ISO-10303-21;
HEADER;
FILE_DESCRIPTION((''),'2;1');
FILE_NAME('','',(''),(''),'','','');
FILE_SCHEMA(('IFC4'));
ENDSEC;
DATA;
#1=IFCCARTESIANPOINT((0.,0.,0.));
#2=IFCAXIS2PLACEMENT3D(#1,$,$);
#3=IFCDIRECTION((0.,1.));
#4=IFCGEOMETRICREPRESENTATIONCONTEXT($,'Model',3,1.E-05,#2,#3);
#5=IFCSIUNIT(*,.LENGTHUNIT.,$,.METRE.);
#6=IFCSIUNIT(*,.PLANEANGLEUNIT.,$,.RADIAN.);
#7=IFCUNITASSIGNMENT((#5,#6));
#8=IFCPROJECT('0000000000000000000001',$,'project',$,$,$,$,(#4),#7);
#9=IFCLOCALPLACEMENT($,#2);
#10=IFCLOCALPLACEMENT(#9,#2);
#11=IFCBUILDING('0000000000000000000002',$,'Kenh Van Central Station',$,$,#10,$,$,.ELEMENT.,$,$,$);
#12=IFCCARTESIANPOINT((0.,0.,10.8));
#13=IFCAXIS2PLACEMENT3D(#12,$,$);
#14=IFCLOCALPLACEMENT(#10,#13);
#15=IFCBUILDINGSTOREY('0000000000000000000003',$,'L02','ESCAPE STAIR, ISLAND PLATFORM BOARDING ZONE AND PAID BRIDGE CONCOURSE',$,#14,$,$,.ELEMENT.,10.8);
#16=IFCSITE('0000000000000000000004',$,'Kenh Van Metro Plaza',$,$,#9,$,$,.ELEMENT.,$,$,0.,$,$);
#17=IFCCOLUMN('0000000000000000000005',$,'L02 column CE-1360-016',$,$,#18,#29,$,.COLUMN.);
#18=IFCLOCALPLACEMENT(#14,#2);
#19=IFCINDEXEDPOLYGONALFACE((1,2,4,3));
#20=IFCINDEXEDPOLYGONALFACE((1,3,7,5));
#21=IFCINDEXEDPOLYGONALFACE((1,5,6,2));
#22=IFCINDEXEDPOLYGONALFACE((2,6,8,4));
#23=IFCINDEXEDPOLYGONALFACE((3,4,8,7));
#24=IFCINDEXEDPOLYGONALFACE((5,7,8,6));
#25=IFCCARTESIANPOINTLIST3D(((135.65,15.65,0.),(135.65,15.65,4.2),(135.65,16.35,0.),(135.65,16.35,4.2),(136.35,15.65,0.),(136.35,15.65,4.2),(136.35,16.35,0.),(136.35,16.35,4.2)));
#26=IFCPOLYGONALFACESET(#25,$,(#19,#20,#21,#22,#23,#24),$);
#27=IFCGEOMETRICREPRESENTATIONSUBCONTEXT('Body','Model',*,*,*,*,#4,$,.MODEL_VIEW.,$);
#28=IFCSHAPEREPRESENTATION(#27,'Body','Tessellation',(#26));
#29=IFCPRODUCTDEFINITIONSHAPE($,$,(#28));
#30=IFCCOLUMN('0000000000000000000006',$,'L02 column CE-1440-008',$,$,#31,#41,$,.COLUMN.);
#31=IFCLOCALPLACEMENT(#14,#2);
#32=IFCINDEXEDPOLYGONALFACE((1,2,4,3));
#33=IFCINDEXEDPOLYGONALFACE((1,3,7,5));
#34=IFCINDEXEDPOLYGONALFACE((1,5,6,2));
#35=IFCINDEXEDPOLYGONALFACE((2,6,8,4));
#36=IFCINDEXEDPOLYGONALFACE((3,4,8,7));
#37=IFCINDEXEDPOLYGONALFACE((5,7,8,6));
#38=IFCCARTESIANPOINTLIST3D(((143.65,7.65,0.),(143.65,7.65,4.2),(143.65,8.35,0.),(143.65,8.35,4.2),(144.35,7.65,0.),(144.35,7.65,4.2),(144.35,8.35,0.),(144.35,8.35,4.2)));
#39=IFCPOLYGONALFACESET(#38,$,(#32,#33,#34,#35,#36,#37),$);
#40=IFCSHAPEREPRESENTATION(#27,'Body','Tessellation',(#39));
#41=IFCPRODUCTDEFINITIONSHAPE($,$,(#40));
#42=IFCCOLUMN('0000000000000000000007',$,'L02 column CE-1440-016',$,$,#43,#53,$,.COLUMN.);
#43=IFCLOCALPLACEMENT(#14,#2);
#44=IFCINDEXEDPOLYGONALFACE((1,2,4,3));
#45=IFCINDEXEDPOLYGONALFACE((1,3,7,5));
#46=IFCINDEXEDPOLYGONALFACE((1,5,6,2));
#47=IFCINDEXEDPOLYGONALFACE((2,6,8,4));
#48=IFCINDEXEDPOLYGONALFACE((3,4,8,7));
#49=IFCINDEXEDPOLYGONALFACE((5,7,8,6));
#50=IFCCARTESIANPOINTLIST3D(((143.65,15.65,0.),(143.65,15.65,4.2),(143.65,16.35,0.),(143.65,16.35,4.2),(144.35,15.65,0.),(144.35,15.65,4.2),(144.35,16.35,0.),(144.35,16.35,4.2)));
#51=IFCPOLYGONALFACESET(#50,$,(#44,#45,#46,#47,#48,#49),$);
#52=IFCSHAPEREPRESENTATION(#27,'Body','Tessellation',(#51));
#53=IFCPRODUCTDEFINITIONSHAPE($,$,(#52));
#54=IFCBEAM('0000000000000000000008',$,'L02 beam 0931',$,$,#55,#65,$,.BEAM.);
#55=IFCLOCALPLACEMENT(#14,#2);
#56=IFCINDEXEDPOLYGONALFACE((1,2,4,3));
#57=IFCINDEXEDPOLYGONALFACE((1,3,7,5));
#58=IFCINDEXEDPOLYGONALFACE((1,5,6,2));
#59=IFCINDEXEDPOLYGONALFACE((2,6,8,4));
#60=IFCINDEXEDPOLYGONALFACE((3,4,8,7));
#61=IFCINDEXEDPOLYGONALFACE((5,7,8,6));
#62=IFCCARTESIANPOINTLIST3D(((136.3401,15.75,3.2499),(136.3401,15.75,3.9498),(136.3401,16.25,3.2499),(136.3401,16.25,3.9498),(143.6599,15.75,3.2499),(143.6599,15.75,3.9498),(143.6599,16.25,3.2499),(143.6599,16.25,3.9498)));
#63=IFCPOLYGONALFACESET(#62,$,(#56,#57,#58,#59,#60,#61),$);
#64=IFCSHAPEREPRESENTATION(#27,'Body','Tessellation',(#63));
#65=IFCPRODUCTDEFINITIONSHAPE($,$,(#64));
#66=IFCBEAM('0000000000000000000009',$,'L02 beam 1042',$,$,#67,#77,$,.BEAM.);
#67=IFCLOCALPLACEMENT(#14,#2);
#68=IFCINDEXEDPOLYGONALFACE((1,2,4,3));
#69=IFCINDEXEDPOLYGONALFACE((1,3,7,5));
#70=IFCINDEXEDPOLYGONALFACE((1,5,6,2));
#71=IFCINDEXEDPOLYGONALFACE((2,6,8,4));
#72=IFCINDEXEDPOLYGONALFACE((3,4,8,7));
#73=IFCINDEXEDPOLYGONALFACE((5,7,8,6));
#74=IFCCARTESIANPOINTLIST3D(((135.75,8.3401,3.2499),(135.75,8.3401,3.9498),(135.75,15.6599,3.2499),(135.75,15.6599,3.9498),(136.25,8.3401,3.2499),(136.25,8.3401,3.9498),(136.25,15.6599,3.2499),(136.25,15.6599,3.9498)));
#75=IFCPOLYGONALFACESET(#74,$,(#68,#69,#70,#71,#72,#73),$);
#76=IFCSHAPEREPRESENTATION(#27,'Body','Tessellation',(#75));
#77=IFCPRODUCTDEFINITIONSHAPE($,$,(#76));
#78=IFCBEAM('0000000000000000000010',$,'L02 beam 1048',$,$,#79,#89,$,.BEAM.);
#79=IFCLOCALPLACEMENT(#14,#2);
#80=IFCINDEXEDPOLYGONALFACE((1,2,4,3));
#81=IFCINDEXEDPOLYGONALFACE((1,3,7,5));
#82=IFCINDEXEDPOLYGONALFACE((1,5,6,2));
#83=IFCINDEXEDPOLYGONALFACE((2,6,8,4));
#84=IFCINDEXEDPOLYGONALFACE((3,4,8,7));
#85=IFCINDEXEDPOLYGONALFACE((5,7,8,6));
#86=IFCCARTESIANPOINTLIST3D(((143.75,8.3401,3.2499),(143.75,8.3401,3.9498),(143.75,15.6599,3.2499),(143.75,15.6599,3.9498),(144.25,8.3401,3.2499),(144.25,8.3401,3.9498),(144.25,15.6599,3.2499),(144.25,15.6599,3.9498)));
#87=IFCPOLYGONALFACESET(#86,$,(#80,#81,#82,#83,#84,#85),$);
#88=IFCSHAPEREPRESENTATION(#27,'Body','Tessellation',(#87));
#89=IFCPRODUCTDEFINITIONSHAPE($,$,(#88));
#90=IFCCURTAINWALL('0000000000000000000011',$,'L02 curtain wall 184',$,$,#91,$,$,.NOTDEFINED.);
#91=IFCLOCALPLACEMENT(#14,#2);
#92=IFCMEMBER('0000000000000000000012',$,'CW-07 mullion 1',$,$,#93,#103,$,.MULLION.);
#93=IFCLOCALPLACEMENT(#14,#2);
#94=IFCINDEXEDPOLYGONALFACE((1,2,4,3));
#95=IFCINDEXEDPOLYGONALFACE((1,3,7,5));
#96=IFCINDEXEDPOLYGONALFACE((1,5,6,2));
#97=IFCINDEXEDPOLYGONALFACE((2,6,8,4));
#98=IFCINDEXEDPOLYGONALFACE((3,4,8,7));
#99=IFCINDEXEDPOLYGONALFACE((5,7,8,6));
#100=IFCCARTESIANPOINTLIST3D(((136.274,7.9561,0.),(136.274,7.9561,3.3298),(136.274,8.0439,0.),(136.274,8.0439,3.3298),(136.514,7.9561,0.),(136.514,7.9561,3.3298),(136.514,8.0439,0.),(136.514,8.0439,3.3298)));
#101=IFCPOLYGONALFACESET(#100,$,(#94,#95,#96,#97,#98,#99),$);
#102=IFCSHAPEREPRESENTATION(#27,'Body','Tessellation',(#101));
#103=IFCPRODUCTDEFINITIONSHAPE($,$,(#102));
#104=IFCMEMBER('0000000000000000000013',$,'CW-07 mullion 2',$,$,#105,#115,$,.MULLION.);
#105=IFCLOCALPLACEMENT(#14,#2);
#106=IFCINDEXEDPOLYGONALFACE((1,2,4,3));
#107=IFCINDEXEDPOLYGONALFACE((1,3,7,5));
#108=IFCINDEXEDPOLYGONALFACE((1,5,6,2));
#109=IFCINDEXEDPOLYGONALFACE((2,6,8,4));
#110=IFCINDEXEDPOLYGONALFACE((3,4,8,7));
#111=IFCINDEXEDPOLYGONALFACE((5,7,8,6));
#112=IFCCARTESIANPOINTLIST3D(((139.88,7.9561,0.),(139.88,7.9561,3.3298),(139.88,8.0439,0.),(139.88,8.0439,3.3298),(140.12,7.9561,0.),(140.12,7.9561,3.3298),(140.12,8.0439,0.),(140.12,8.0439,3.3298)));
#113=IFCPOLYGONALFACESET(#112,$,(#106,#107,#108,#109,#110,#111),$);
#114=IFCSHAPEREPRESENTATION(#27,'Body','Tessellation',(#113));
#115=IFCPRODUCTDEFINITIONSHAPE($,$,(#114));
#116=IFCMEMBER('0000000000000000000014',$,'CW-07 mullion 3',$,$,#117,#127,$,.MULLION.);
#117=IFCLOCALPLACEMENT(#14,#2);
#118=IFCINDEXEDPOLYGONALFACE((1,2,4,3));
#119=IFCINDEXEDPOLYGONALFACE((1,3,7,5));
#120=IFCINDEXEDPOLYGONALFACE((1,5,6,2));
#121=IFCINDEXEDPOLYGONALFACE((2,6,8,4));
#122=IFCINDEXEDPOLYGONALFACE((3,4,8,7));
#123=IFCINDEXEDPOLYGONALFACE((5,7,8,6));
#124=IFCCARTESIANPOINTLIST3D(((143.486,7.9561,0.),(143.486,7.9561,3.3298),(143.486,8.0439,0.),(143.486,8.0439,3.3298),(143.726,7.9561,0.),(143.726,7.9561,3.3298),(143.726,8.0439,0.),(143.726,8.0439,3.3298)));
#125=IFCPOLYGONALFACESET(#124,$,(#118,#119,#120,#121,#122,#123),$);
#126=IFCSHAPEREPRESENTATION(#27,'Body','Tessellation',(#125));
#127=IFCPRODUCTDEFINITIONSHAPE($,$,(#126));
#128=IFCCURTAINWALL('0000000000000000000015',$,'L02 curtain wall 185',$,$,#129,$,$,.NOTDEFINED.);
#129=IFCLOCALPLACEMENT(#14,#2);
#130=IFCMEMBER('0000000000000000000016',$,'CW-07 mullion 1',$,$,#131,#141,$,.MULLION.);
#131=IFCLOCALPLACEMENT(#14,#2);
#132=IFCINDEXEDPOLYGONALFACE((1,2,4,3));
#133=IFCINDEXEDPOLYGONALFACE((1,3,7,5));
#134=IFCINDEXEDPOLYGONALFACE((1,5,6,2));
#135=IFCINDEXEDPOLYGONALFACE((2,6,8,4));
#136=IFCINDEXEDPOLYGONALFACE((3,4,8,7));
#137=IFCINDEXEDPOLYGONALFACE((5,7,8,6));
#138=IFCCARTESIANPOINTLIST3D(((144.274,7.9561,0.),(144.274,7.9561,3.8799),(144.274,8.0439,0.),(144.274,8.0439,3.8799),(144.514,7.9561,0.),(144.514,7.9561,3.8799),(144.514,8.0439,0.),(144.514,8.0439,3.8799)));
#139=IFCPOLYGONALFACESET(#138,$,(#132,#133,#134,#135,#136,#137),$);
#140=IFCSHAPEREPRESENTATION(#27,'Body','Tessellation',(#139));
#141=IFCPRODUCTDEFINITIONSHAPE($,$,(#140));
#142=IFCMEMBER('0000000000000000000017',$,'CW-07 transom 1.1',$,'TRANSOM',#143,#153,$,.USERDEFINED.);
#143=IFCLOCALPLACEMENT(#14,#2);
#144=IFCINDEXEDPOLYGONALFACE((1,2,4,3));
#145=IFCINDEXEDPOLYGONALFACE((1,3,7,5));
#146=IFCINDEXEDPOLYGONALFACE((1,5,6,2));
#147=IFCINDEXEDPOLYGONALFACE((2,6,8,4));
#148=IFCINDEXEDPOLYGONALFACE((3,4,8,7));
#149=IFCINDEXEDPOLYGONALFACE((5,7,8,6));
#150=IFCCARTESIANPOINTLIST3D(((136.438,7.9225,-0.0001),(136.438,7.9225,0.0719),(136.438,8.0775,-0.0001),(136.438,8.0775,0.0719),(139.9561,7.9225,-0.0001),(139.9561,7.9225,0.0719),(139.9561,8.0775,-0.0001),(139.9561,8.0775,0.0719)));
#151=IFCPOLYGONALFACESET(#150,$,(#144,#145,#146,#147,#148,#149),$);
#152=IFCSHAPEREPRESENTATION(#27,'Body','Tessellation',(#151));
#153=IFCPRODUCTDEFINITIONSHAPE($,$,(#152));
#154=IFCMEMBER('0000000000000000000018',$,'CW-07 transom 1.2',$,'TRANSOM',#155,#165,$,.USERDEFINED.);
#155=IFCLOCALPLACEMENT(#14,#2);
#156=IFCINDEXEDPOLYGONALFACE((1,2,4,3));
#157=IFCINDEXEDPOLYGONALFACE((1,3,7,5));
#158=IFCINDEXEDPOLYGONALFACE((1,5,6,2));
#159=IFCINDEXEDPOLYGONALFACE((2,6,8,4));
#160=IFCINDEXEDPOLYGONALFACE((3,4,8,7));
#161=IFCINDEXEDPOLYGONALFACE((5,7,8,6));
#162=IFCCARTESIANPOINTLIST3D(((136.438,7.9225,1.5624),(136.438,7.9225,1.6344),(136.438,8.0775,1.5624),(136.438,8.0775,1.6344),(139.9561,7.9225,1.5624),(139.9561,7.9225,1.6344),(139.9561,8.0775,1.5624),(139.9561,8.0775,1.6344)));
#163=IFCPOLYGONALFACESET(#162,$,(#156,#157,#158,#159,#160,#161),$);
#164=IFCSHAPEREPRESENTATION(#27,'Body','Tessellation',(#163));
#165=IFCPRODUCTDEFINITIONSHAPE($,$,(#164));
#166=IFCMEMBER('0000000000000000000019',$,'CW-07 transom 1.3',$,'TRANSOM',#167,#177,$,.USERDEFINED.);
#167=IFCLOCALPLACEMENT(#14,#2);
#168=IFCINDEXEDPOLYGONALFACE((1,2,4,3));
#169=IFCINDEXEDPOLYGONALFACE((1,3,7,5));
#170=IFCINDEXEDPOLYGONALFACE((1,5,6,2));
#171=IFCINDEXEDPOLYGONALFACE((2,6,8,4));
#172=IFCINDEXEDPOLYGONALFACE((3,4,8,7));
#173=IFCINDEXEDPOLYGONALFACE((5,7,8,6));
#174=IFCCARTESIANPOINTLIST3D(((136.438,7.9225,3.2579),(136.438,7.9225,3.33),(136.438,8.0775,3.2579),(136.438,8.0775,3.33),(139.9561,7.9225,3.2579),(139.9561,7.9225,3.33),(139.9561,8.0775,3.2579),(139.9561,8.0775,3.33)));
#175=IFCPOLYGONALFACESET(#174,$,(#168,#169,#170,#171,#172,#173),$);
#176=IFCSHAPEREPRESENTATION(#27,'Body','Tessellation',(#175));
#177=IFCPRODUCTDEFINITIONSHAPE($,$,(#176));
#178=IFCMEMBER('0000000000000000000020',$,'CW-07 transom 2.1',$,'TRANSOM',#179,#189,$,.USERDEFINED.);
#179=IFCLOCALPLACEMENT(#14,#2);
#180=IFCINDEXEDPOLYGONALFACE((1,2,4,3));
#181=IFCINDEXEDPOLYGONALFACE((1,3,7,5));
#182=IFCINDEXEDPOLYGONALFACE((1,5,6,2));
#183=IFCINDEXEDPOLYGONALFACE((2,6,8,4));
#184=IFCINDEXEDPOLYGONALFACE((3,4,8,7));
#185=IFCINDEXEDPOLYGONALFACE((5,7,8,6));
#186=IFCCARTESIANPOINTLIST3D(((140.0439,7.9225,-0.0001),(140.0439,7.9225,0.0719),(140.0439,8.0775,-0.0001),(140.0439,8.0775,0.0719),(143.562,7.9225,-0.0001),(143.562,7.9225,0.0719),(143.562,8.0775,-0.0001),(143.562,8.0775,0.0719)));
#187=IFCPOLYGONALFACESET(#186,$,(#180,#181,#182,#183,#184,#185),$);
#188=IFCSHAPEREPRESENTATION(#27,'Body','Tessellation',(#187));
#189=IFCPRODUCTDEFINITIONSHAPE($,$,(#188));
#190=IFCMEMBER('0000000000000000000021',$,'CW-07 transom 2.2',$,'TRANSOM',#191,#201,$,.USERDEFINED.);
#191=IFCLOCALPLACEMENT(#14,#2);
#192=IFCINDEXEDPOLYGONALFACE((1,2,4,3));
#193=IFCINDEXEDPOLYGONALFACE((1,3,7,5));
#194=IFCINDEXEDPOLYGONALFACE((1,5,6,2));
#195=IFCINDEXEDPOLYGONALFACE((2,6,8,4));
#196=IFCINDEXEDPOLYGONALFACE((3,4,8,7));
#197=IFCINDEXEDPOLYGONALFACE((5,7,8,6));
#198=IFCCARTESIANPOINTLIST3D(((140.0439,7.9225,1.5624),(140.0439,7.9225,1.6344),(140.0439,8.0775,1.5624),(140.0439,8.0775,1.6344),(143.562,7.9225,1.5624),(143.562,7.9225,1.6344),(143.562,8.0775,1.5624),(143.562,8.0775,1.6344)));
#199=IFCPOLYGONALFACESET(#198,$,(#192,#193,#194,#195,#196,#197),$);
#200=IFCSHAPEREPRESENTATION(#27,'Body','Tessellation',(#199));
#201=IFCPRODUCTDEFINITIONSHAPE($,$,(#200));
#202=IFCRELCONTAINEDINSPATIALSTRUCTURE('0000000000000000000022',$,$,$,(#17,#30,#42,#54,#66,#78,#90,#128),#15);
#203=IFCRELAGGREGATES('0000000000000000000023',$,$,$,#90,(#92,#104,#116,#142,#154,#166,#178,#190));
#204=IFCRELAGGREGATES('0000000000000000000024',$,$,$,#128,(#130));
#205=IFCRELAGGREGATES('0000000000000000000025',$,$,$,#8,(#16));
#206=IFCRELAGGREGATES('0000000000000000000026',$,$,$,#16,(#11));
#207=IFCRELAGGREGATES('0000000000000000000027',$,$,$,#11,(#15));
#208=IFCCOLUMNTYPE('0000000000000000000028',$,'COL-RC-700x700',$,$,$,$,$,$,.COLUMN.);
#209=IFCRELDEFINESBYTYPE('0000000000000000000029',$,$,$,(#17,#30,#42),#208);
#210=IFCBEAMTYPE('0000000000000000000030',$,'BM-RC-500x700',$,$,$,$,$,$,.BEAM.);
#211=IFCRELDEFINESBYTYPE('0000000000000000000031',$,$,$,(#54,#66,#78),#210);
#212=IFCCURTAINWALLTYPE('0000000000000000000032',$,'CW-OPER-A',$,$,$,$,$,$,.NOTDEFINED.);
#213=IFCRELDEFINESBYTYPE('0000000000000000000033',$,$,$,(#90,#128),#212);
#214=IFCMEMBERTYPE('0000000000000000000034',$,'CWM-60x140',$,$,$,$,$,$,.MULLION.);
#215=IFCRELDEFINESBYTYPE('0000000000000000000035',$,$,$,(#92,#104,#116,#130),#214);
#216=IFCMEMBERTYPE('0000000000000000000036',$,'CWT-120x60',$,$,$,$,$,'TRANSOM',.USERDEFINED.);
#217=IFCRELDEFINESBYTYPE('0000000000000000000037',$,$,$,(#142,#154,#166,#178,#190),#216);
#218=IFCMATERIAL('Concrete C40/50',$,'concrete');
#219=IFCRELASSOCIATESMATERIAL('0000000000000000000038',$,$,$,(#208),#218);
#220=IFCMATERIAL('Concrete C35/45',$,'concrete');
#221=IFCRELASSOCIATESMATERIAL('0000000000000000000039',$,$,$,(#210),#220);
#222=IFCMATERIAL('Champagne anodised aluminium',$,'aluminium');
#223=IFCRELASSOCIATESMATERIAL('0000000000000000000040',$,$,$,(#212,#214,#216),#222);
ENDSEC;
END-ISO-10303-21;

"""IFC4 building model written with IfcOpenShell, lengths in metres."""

from ifc_helpers import new_model, si_unit, direction, frame, origin, origin_2d, place, context, subcontext, project, spatial, rectangle, extrude, material, material_profile, profile_set, type_object, element, aggregate, save


model = new_model("IFC4")

# Units and contexts
model_context = context("Model", 3, precision=1e-05, world=origin(), true_north=direction((0.0, 1.0)))
body_context = subcontext(model_context, "Body", "Model", "MODEL_VIEW")
ifc_project = project(units=[si_unit("LENGTHUNIT", "METRE"), si_unit("PLANEANGLEUNIT", "RADIAN")], contexts=[model_context])

# Site, building, storey
site_placement = place(None, origin())
site = spatial("IfcSite", under=ifc_project, at=site_placement, Name="Kenh Van Metro Plaza", CompositionType="ELEMENT", RefElevation=0.0)
building_placement = place(site_placement, origin())
building = spatial("IfcBuilding", under=site, at=building_placement, Name="Kenh Van Central Station", CompositionType="ELEMENT")
storey_placement = place(building_placement, frame((0.0, 0.0, 10.8)))
storey = spatial("IfcBuildingStorey", under=building, at=storey_placement, Name="L02", Description="ESCAPE STAIR, ISLAND PLATFORM BOARDING ZONE AND PAID BRIDGE CONCOURSE", CompositionType="ELEMENT", Elevation=10.8)

# Columns
ifc_material_1 = material(Name="Concrete C40/50", Category="concrete")
ifc_material_profile_1 = material_profile(ifc_material_1, rectangle(XDim=0.7, YDim=0.7, at=origin_2d()), Name="RC 700x700")
ifc_profile_set_1 = profile_set([ifc_material_profile_1], Name="Concrete C40/50")
column_type = type_object("IfcColumnType", Name="COL-RC-700x700", PredefinedType="COLUMN", material=ifc_profile_set_1)
for number, where, z_axis, x_axis, name in (
    (1, (136.0, 16.0, 0.0), (0.0, 0.0, 1.0), (1.0, 0.0, 0.0), "L02 column CE-1360-016"),
    (2, (144.0, 8.0, 0.0), (0.0, 0.0, 1.0), (1.0, 0.0, 0.0), "L02 column CE-1440-008"),
    (3, (144.0, 16.0, 0.0), (0.0, 0.0, 1.0), (1.0, 0.0, 0.0), "L02 column CE-1440-016"),
):
    element("IfcColumn", number, at=place(storey_placement, frame(where, z_axis=z_axis, x_axis=x_axis)), inside=storey, type_object=column_type, Name=name, PredefinedType="COLUMN", context=body_context, shape_type="SweptSolid", body=[
        extrude(rectangle(XDim=0.7, YDim=0.7, at=origin_2d()), origin(), (0.0, 0.0, 1.0), 4.2),
    ])

# Beams
ifc_material_2 = material(Name="Concrete C35/45", Category="concrete")
ifc_material_profile_2 = material_profile(ifc_material_2, rectangle(XDim=0.5, YDim=0.7, at=origin_2d()), Name="RC 500x700")
ifc_profile_set_2 = profile_set([ifc_material_profile_2], Name="Concrete C35/45")
beam_type_1 = type_object("IfcBeamType", Name="BM-RC-500x700", PredefinedType="BEAM", material=ifc_profile_set_2)
for number, where, z_axis, x_axis, name in (
    (4, (136.3401, 16.0, 3.5999), (1.0, 0.0, 0.0), (0.0, 1.0, 0.0), "L02 beam 0931"),
    (5, (136.0, 8.3401, 3.5999), (0.0, 1.0, 0.0), (-1.0, 0.0, 0.0), "L02 beam 1042"),
    (6, (144.0, 8.3401, 3.5999), (0.0, 1.0, 0.0), (-1.0, 0.0, 0.0), "L02 beam 1048"),
):
    element("IfcBeam", number, at=place(storey_placement, frame(where, z_axis=z_axis, x_axis=x_axis)), inside=storey, type_object=beam_type_1, Name=name, PredefinedType="BEAM", context=body_context, shape_type="SweptSolid", body=[
        extrude(rectangle(XDim=0.5, YDim=0.7, at=origin_2d()), origin(), (0.0, 0.0, 1.0), 7.3198),
    ])

# Curtain wall, members
ifc_material_3 = material(Name="Champagne anodised aluminium", Category="aluminium")
curtain_wall_type = type_object("IfcCurtainWallType", Name="CW-OPER-A", PredefinedType="NOTDEFINED", material=ifc_material_3)
curtain_wall_1_placement = place(storey_placement, origin())
curtain_wall_1 = element("IfcCurtainWall", 7, at=curtain_wall_1_placement, inside=storey, type_object=curtain_wall_type, Name="L02 curtain wall 184", PredefinedType="NOTDEFINED")
ifc_material_profile_3 = material_profile(ifc_material_3, rectangle(XDim=0.0879, YDim=0.24, at=origin_2d()), Name="AL 88x240")
ifc_profile_set_3 = profile_set([ifc_material_profile_3], Name="Champagne anodised aluminium")
member_type_1 = type_object("IfcMemberType", Name="CWM-60x140", PredefinedType="MULLION", material=ifc_profile_set_3)
member_1_placement = place(storey_placement, frame((136.394, 8.0, 0.0), z_axis=(0.0, 0.0, 1.0), x_axis=(0.0, 1.0, 0.0)))
member_1 = element("IfcMember", 8, at=member_1_placement, type_object=member_type_1, Name="CW-07 mullion 1", PredefinedType="MULLION", context=body_context, shape_type="SweptSolid", body=[
    extrude(rectangle(XDim=0.0879, YDim=0.24, at=origin_2d()), origin(), (0.0, 0.0, 1.0), 3.3298),
])
member_2_placement = place(storey_placement, frame((140.0, 8.0, 0.0), z_axis=(0.0, 0.0, 1.0), x_axis=(0.0, 1.0, 0.0)))
member_2 = element("IfcMember", 9, at=member_2_placement, type_object=member_type_1, Name="CW-07 mullion 2", PredefinedType="MULLION", context=body_context, shape_type="SweptSolid", body=[
    extrude(rectangle(XDim=0.0879, YDim=0.24, at=origin_2d()), origin(), (0.0, 0.0, 1.0), 3.3298),
])
member_3_placement = place(storey_placement, frame((143.606, 8.0, 0.0), z_axis=(0.0, 0.0, 1.0), x_axis=(0.0, 1.0, 0.0)))
member_3 = element("IfcMember", 10, at=member_3_placement, type_object=member_type_1, Name="CW-07 mullion 3", PredefinedType="MULLION", context=body_context, shape_type="SweptSolid", body=[
    extrude(rectangle(XDim=0.0879, YDim=0.24, at=origin_2d()), origin(), (0.0, 0.0, 1.0), 3.3298),
])

# Curtain wall, member
curtain_wall_2_placement = place(storey_placement, origin())
curtain_wall_2 = element("IfcCurtainWall", 11, at=curtain_wall_2_placement, inside=storey, type_object=curtain_wall_type, Name="L02 curtain wall 185", PredefinedType="NOTDEFINED")
member_4_placement = place(storey_placement, frame((144.394, 8.0, 0.0), z_axis=(0.0, 0.0, 1.0), x_axis=(0.0, 1.0, 0.0)))
member_4 = element("IfcMember", 12, at=member_4_placement, type_object=member_type_1, Name="CW-07 mullion 1", PredefinedType="MULLION", context=body_context, shape_type="SweptSolid", body=[
    extrude(rectangle(XDim=0.0879, YDim=0.24, at=origin_2d()), origin(), (0.0, 0.0, 1.0), 3.8799),
])

# Members
ifc_material_profile_4 = material_profile(ifc_material_3, rectangle(XDim=0.155, YDim=0.072, at=origin_2d()), Name="AL 155x72")
ifc_profile_set_4 = profile_set([ifc_material_profile_4], Name="Champagne anodised aluminium")
member_type_2 = type_object("IfcMemberType", Name="CWT-120x60", ElementType="TRANSOM", PredefinedType="USERDEFINED", material=ifc_profile_set_4)
member_5_placement = place(storey_placement, frame((136.438, 8.0, 0.0359), z_axis=(1.0, 0.0, 0.0), x_axis=(0.0, 1.0, 0.0)))
member_5 = element("IfcMember", 13, at=member_5_placement, type_object=member_type_2, Name="CW-07 transom 1.1", ObjectType="TRANSOM", PredefinedType="USERDEFINED", context=body_context, shape_type="SweptSolid", body=[
    extrude(rectangle(XDim=0.155, YDim=0.072, at=origin_2d()), origin(), (0.0, 0.0, 1.0), 3.5181),
])
member_6_placement = place(storey_placement, frame((136.438, 8.0, 1.5984), z_axis=(1.0, 0.0, 0.0), x_axis=(0.0, 1.0, 0.0)))
member_6 = element("IfcMember", 14, at=member_6_placement, type_object=member_type_2, Name="CW-07 transom 1.2", ObjectType="TRANSOM", PredefinedType="USERDEFINED", context=body_context, shape_type="SweptSolid", body=[
    extrude(rectangle(XDim=0.155, YDim=0.072, at=origin_2d()), origin(), (0.0, 0.0, 1.0), 3.5181),
])
member_7_placement = place(storey_placement, frame((136.438, 8.0, 3.2939), z_axis=(1.0, 0.0, 0.0), x_axis=(0.0, 1.0, 0.0)))
member_7 = element("IfcMember", 15, at=member_7_placement, type_object=member_type_2, Name="CW-07 transom 1.3", ObjectType="TRANSOM", PredefinedType="USERDEFINED", context=body_context, shape_type="SweptSolid", body=[
    extrude(rectangle(XDim=0.155, YDim=0.072, at=origin_2d()), origin(), (0.0, 0.0, 1.0), 3.5181),
])
member_8_placement = place(storey_placement, frame((140.0439, 8.0, 0.0359), z_axis=(1.0, 0.0, 0.0), x_axis=(0.0, 1.0, 0.0)))
member_8 = element("IfcMember", 16, at=member_8_placement, type_object=member_type_2, Name="CW-07 transom 2.1", ObjectType="TRANSOM", PredefinedType="USERDEFINED", context=body_context, shape_type="SweptSolid", body=[
    extrude(rectangle(XDim=0.155, YDim=0.072, at=origin_2d()), origin(), (0.0, 0.0, 1.0), 3.5181),
])
member_9_placement = place(storey_placement, frame((140.0439, 8.0, 1.5984), z_axis=(1.0, 0.0, 0.0), x_axis=(0.0, 1.0, 0.0)))
member_9 = element("IfcMember", 17, at=member_9_placement, type_object=member_type_2, Name="CW-07 transom 2.2", ObjectType="TRANSOM", PredefinedType="USERDEFINED", context=body_context, shape_type="SweptSolid", body=[
    extrude(rectangle(XDim=0.155, YDim=0.072, at=origin_2d()), origin(), (0.0, 0.0, 1.0), 3.5181),
])

aggregate(curtain_wall_1, [member_1, member_2, member_3, member_5, member_6, member_7, member_8, member_9])
aggregate(curtain_wall_2, [member_4])

save(model, "model.ifc")
